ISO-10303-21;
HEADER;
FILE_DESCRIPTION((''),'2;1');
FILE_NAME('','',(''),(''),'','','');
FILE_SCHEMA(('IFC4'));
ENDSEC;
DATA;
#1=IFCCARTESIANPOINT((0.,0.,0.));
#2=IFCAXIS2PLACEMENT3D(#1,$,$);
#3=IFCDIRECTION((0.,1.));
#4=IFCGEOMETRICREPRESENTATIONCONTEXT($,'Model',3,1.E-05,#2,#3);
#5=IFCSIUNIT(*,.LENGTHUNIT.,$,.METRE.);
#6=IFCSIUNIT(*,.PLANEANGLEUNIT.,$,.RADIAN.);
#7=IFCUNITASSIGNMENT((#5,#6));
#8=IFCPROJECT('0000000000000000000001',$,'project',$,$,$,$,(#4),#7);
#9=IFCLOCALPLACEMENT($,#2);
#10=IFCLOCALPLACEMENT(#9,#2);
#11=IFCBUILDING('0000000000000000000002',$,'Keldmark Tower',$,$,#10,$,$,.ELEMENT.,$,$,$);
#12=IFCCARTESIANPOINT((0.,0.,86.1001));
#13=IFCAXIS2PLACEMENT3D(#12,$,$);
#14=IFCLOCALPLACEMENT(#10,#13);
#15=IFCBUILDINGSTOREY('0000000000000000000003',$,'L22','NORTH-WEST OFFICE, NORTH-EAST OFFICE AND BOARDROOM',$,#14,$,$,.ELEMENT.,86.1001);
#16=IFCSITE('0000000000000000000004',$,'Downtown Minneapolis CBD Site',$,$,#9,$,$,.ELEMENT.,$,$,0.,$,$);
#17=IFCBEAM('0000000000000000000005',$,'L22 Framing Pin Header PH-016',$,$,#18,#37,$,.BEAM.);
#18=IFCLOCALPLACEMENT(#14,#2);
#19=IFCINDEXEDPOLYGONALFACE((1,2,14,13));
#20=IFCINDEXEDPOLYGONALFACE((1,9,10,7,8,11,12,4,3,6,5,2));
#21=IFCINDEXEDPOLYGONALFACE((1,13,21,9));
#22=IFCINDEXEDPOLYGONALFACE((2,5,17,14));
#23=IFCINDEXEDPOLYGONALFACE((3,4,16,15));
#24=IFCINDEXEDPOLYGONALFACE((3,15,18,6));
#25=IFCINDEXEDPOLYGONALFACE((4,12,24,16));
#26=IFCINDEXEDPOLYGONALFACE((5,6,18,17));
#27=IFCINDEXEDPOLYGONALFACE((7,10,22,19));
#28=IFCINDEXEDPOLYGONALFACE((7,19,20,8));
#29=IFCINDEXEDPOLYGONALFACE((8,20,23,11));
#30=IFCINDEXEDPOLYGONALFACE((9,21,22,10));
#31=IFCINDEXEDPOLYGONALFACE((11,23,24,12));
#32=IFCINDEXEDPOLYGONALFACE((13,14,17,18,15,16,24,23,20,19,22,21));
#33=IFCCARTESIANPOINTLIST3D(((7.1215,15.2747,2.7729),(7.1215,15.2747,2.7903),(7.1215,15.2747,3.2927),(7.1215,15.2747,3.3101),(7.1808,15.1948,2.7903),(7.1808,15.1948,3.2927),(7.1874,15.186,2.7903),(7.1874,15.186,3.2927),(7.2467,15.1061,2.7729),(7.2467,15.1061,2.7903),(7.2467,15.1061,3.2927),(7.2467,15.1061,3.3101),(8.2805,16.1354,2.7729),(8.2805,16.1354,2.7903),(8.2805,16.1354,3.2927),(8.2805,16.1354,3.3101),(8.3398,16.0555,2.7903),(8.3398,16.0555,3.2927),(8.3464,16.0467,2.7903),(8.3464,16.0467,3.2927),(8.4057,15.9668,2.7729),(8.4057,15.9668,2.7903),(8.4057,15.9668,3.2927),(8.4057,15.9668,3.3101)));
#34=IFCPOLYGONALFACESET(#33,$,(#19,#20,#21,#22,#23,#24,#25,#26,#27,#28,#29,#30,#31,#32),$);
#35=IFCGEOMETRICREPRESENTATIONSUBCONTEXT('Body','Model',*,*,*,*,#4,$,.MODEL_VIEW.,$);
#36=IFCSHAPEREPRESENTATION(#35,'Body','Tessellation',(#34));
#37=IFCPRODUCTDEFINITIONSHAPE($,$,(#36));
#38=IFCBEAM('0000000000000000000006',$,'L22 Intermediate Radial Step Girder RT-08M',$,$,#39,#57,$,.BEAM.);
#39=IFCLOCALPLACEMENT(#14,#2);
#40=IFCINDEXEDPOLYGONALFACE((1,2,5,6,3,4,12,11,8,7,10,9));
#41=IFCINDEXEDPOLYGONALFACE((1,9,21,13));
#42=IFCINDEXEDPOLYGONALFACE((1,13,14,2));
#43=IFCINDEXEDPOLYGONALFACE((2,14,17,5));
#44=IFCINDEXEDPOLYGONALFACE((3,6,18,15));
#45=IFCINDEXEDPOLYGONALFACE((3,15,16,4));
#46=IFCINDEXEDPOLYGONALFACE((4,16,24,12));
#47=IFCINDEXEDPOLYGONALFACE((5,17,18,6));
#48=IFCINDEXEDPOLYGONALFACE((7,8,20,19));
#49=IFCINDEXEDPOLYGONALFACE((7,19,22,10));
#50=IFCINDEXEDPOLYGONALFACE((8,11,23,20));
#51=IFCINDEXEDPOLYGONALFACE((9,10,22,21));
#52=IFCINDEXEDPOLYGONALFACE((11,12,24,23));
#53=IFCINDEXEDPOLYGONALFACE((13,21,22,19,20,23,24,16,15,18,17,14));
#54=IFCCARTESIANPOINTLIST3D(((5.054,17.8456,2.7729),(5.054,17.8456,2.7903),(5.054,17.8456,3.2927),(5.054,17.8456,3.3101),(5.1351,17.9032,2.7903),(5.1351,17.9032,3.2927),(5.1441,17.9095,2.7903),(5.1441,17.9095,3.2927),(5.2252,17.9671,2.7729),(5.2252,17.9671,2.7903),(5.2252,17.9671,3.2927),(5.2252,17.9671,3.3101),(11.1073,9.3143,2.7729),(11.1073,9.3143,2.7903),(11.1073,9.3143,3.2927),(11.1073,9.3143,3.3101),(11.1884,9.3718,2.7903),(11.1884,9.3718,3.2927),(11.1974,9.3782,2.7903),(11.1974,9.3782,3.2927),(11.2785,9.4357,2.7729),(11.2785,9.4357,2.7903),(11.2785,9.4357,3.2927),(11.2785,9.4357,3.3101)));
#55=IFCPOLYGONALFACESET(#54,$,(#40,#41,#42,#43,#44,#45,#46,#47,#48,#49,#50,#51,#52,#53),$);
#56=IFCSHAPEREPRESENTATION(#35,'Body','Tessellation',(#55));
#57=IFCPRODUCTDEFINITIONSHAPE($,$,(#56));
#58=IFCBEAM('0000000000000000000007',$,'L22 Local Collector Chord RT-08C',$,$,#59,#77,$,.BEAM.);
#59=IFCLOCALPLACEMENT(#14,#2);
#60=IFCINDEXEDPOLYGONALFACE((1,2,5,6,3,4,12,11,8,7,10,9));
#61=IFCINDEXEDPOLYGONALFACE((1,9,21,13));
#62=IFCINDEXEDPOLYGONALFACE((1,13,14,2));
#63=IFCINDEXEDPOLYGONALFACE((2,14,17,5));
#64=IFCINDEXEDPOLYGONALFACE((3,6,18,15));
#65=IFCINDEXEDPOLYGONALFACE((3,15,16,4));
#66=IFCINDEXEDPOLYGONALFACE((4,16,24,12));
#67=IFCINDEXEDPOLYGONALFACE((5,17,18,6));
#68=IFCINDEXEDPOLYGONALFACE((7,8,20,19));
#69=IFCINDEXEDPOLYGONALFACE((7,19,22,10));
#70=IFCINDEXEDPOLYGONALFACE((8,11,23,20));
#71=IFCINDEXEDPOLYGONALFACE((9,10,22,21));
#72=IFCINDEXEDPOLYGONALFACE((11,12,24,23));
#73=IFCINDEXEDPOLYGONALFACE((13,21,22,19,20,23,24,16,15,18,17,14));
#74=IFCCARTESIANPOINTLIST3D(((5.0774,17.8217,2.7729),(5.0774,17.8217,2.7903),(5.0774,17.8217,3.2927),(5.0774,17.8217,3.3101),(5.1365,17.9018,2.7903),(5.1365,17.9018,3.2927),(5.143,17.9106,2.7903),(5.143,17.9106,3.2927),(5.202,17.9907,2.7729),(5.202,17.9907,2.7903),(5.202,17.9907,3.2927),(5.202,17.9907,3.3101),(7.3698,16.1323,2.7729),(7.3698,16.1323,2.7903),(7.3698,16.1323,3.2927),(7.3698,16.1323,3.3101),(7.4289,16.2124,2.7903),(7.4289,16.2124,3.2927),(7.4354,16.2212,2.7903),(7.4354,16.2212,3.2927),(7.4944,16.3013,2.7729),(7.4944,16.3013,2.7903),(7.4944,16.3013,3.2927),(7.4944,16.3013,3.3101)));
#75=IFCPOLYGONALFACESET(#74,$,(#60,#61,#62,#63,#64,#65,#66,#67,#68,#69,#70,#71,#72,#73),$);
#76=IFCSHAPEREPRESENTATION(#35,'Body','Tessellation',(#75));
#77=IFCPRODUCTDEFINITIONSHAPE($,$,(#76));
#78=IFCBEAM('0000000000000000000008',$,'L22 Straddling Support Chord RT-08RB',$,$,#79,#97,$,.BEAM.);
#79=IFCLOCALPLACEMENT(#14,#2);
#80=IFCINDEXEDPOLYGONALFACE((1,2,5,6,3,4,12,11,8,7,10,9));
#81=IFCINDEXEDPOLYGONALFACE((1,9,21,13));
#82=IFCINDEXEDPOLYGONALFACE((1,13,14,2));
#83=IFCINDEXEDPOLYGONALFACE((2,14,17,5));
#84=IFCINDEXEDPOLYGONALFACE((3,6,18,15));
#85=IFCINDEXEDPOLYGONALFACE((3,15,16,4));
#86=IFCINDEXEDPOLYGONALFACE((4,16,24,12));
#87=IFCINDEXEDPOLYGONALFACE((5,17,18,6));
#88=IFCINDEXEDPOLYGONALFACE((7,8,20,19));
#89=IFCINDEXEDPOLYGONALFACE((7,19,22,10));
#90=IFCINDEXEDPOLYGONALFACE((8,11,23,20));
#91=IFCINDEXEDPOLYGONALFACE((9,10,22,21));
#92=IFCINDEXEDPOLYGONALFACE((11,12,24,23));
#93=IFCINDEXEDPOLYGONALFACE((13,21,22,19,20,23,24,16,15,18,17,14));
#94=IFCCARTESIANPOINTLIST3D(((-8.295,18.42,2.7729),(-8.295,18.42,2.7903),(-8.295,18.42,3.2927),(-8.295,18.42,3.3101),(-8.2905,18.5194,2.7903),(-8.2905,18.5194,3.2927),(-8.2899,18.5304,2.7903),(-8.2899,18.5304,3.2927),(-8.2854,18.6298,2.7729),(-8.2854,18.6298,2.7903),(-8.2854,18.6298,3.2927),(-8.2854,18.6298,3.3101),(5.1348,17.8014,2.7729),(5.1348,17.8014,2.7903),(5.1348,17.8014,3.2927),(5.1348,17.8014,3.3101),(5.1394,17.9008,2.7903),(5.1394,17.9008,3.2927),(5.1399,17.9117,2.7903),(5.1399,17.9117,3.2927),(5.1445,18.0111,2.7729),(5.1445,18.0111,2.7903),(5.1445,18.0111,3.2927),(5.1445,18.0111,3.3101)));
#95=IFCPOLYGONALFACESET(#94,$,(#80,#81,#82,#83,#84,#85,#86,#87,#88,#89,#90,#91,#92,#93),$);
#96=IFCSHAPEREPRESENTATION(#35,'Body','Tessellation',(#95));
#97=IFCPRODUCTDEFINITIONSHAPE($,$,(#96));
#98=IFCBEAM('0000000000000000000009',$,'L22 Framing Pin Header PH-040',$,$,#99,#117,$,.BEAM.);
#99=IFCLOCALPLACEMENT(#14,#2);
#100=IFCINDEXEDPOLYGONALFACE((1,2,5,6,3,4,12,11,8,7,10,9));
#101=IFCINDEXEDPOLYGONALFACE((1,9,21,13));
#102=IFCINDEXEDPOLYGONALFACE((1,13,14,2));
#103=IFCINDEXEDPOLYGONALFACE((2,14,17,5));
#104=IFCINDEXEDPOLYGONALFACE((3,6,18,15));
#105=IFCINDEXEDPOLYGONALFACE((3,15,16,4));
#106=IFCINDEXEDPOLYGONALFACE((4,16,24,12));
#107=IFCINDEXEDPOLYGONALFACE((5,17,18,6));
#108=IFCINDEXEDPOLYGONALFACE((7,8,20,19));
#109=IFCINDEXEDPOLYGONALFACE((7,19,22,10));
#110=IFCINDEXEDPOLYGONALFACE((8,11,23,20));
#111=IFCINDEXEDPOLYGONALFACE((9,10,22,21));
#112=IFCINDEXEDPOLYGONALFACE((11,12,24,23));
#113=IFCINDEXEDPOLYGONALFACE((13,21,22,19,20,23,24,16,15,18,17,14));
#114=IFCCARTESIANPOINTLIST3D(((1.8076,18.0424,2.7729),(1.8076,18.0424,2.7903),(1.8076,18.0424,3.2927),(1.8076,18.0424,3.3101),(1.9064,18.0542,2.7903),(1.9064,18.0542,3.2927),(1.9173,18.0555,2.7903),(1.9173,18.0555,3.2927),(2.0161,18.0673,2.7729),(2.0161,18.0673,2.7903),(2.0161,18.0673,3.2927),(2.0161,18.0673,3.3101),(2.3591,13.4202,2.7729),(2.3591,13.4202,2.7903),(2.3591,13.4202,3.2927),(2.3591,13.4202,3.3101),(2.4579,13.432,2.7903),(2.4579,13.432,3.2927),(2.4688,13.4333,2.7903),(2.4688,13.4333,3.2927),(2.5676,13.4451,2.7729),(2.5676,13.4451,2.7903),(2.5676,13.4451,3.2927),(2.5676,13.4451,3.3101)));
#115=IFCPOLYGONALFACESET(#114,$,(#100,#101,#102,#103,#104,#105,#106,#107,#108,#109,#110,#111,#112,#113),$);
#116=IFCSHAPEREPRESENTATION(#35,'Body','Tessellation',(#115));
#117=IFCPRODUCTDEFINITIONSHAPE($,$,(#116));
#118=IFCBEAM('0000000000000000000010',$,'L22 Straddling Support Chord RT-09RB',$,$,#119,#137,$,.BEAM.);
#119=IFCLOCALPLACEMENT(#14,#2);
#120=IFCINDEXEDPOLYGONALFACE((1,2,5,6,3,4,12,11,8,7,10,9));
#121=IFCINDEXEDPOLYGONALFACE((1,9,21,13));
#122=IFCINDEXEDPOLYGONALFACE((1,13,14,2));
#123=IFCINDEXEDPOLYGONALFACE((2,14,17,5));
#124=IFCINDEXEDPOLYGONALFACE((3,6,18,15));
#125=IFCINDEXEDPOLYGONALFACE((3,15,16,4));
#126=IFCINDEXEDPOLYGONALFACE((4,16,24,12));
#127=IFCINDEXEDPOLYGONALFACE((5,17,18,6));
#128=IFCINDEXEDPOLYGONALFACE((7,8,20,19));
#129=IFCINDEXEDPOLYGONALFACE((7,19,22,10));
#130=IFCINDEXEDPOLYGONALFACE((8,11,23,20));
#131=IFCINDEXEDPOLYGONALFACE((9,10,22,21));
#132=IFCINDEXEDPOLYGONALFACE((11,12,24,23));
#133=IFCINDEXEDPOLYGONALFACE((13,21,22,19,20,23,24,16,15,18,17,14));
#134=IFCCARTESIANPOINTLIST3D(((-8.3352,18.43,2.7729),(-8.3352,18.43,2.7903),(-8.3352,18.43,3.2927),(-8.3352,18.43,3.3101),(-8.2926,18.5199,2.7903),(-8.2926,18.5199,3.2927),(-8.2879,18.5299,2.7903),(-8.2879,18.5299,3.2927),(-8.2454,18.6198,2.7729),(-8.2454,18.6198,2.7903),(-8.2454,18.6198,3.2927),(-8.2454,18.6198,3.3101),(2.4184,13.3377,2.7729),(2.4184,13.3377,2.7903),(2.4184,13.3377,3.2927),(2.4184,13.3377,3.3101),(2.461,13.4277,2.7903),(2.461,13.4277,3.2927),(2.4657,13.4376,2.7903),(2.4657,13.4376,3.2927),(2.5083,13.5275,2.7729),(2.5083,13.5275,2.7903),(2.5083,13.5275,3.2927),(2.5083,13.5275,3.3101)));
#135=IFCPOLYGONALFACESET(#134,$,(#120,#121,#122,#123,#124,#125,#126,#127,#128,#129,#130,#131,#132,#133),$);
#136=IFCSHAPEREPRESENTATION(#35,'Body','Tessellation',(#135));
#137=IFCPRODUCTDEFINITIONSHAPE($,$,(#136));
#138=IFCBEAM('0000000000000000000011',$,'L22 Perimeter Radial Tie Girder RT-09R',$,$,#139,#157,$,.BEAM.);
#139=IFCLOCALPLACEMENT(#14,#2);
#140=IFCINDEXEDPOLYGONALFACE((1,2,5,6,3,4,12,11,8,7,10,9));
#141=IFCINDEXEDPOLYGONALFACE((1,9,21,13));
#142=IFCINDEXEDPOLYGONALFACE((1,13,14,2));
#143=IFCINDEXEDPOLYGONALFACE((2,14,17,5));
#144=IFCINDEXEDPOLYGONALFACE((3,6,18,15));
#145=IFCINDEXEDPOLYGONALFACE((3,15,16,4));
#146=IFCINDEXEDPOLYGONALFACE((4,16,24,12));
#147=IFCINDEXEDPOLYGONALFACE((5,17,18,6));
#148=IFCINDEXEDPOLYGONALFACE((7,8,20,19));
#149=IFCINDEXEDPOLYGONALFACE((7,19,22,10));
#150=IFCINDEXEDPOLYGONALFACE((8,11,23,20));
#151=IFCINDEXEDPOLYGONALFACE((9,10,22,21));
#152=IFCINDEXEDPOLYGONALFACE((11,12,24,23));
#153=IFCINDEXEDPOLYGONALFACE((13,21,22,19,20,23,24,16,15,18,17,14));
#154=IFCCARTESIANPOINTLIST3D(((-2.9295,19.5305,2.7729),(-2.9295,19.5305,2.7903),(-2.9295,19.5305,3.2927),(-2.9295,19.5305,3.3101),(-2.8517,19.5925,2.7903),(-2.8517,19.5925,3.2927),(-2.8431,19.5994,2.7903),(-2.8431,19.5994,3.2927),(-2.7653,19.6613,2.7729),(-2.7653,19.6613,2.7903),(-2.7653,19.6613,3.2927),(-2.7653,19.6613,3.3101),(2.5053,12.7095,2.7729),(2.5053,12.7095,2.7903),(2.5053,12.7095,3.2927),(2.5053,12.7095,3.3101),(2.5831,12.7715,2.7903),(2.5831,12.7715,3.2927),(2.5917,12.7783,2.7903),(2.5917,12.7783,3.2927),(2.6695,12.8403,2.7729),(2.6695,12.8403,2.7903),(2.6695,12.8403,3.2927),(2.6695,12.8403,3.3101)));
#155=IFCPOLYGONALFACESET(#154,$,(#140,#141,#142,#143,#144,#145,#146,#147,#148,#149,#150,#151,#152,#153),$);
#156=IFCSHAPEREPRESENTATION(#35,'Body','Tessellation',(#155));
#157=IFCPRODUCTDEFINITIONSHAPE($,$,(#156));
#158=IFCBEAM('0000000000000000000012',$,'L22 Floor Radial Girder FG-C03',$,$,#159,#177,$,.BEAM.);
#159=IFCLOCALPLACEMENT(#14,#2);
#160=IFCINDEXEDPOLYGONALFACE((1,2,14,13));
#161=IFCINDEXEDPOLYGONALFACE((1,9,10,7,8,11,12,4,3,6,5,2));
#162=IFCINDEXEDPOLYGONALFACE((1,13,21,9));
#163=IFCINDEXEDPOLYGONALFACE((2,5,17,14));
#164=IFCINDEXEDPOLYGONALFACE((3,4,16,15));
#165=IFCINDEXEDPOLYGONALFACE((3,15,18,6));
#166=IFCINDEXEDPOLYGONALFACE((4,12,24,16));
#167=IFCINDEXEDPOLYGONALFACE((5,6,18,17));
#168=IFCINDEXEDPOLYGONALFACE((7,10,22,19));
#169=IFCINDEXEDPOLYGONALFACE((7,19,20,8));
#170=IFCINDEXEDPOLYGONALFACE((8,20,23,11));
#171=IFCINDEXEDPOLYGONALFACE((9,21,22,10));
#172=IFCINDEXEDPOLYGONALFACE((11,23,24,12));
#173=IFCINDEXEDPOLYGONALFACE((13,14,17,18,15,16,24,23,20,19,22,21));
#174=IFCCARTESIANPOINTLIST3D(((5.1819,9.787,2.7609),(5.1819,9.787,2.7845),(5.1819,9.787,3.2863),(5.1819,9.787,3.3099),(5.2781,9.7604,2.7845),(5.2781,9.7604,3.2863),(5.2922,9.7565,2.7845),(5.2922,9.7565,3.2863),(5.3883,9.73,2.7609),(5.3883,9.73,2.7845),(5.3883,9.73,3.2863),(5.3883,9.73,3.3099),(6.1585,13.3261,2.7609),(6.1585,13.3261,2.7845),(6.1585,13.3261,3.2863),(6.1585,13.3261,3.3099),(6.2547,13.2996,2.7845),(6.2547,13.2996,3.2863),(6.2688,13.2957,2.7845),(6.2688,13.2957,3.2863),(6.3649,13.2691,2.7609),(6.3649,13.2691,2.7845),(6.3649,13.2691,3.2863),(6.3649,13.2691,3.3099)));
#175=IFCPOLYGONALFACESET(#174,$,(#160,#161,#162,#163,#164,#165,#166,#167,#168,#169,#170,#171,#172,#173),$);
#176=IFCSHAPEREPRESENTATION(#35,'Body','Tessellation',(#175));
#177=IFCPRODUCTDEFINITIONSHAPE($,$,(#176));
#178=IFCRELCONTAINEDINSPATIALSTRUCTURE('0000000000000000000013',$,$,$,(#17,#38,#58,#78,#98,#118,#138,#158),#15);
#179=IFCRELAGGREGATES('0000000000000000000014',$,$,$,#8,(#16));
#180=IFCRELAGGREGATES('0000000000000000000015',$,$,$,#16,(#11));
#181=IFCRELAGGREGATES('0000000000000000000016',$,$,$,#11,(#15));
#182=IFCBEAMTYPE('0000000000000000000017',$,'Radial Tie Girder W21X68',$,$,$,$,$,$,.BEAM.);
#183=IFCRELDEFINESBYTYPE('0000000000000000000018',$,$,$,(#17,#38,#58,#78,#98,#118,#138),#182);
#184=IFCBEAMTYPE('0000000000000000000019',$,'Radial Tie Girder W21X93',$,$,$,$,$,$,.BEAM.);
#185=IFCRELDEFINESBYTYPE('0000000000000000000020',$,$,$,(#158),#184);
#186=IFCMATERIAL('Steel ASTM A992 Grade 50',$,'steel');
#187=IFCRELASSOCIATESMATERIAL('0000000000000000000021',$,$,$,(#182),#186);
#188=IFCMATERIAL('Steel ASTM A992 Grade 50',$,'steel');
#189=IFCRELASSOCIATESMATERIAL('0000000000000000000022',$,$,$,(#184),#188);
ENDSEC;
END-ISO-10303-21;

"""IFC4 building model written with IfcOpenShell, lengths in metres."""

from ifc_helpers import new_model, si_unit, direction, frame, origin, origin_2d, place, context, subcontext, project, spatial, i_section, extrude, material, material_profile, profile_set, type_object, element, save


model = new_model("IFC4")

# Units and contexts
model_context = context("Model", 3, precision=1e-05, world=origin(), true_north=direction((0.0, 1.0)))
body_context = subcontext(model_context, "Body", "Model", "MODEL_VIEW")
ifc_project = project(units=[si_unit("LENGTHUNIT", "METRE"), si_unit("PLANEANGLEUNIT", "RADIAN")], contexts=[model_context])

# Site, building, storey
site_placement = place(None, origin())
site = spatial("IfcSite", under=ifc_project, at=site_placement, Name="Downtown Minneapolis CBD Site", CompositionType="ELEMENT", RefElevation=0.0)
building_placement = place(site_placement, origin())
building = spatial("IfcBuilding", under=site, at=building_placement, Name="Keldmark Tower", CompositionType="ELEMENT")
storey_placement = place(building_placement, frame((0.0, 0.0, 86.1001)))
storey = spatial("IfcBuildingStorey", under=building, at=storey_placement, Name="L22", Description="NORTH-WEST OFFICE, NORTH-EAST OFFICE AND BOARDROOM", CompositionType="ELEMENT", Elevation=86.1001)

# Beams
ifc_material_1 = material(Name="Steel ASTM A992 Grade 50", Category="steel")
ifc_material_profile_1 = material_profile(ifc_material_1, i_section(OverallWidth=0.21, OverallDepth=0.5371, WebThickness=0.011, FlangeThickness=0.0173, at=origin_2d()), Name="W21X68")
ifc_profile_set_1 = profile_set([ifc_material_profile_1], Name="Steel ASTM A992 Grade 50")
beam_type_1 = type_object("IfcBeamType", Name="Radial Tie Girder W21X68", PredefinedType="BEAM", material=ifc_profile_set_1)
beam_1_placement = place(storey_placement, frame((7.1841, 15.1904, 3.0415), z_axis=(0.802853, 0.596178, 0.0), x_axis=(-0.596178, 0.802853, 0.0)))
element("IfcBeam", 1, at=beam_1_placement, inside=storey, type_object=beam_type_1, Name="L22 Framing Pin Header PH-016", PredefinedType="BEAM", context=body_context, shape_type="SweptSolid", body=[
    extrude(i_section(OverallWidth=0.21, OverallDepth=0.5371, WebThickness=0.011, FlangeThickness=0.0173, at=origin_2d()), origin(), (0.0, 0.0, 1.0), 1.4436),
])
beam_2_placement = place(storey_placement, frame((11.1929, 9.375, 3.0415), z_axis=(-0.57867, 0.815562, 0.0), x_axis=(-0.815562, -0.57867, 0.0)))
element("IfcBeam", 2, at=beam_2_placement, inside=storey, type_object=beam_type_1, Name="L22 Intermediate Radial Step Girder RT-08M", PredefinedType="BEAM", context=body_context, shape_type="SweptSolid", body=[
    extrude(i_section(OverallWidth=0.21, OverallDepth=0.5371, WebThickness=0.011, FlangeThickness=0.0173, at=origin_2d()), origin(), (0.0, 0.0, 1.0), 10.4607),
])
beam_3_placement = place(storey_placement, frame((7.4321, 16.2168, 3.0415), z_axis=(-0.805013, 0.593258, 0.0), x_axis=(-0.593258, -0.805013, 0.0)))
element("IfcBeam", 3, at=beam_3_placement, inside=storey, type_object=beam_type_1, Name="L22 Local Collector Chord RT-08C", PredefinedType="BEAM", context=body_context, shape_type="SweptSolid", body=[
    extrude(i_section(OverallWidth=0.21, OverallDepth=0.5371, WebThickness=0.011, FlangeThickness=0.0173, at=origin_2d()), origin(), (0.0, 0.0, 1.0), 2.8477),
])
beam_4_placement = place(storey_placement, frame((5.1396, 17.9062, 3.0415), z_axis=(-0.998941, 0.046016, 0.0), x_axis=(-0.046016, -0.998941, 0.0)))
element("IfcBeam", 4, at=beam_4_placement, inside=storey, type_object=beam_type_1, Name="L22 Straddling Support Chord RT-08RB", PredefinedType="BEAM", context=body_context, shape_type="SweptSolid", body=[
    extrude(i_section(OverallWidth=0.21, OverallDepth=0.5371, WebThickness=0.011, FlangeThickness=0.0173, at=origin_2d()), origin(), (0.0, 0.0, 1.0), 13.4441),
])
beam_5_placement = place(storey_placement, frame((2.4634, 13.4326, 3.0415), z_axis=(-0.118475, 0.992957, 0.0), x_axis=(-0.992957, -0.118475, 0.0)))
element("IfcBeam", 5, at=beam_5_placement, inside=storey, type_object=beam_type_1, Name="L22 Framing Pin Header PH-040", PredefinedType="BEAM", context=body_context, shape_type="SweptSolid", body=[
    extrude(i_section(OverallWidth=0.21, OverallDepth=0.5371, WebThickness=0.011, FlangeThickness=0.0173, at=origin_2d()), origin(), (0.0, 0.0, 1.0), 4.655),
])
beam_6_placement = place(storey_placement, frame((2.4634, 13.4326, 3.0415), z_axis=(-0.903788, 0.42798, 0.0), x_axis=(-0.42798, -0.903788, 0.0)))
element("IfcBeam", 6, at=beam_6_placement, inside=storey, type_object=beam_type_1, Name="L22 Straddling Support Chord RT-09RB", PredefinedType="BEAM", context=body_context, shape_type="SweptSolid", body=[
    extrude(i_section(OverallWidth=0.21, OverallDepth=0.5371, WebThickness=0.011, FlangeThickness=0.0173, at=origin_2d()), origin(), (0.0, 0.0, 1.0), 11.8984),
])
beam_7_placement = place(storey_placement, frame((2.5874, 12.7749, 3.0415), z_axis=(-0.623154, 0.782099, 0.0), x_axis=(-0.782099, -0.623154, 0.0)))
element("IfcBeam", 7, at=beam_7_placement, inside=storey, type_object=beam_type_1, Name="L22 Perimeter Radial Tie Girder RT-09R", PredefinedType="BEAM", context=body_context, shape_type="SweptSolid", body=[
    extrude(i_section(OverallWidth=0.21, OverallDepth=0.5371, WebThickness=0.011, FlangeThickness=0.0173, at=origin_2d()), origin(), (0.0, 0.0, 1.0), 8.7214),
])
ifc_material_2 = material(Name="Steel ASTM A992 Grade 50", Category="steel")
ifc_material_profile_2 = material_profile(ifc_material_2, i_section(OverallWidth=0.2141, OverallDepth=0.5491, WebThickness=0.0146, FlangeThickness=0.0237, at=origin_2d()), Name="W21X93")
ifc_profile_set_2 = profile_set([ifc_material_profile_2], Name="Steel ASTM A992 Grade 50")
beam_type_2 = type_object("IfcBeamType", Name="Radial Tie Girder W21X93", PredefinedType="BEAM", material=ifc_profile_set_2)
beam_8_placement = place(storey_placement, frame((6.2617, 13.2976, 3.0354), z_axis=(-0.265997, -0.963974, 0.0), x_axis=(0.963974, -0.265997, 0.0)))
element("IfcBeam", 8, at=beam_8_placement, inside=storey, type_object=beam_type_2, Name="L22 Floor Radial Girder FG-C03", PredefinedType="BEAM", context=body_context, shape_type="SweptSolid", body=[
    extrude(i_section(OverallWidth=0.2141, OverallDepth=0.5491, WebThickness=0.0146, FlangeThickness=0.0237, at=origin_2d()), origin(), (0.0, 0.0, 1.0), 3.6714),
])

save(model, "model.ifc")
